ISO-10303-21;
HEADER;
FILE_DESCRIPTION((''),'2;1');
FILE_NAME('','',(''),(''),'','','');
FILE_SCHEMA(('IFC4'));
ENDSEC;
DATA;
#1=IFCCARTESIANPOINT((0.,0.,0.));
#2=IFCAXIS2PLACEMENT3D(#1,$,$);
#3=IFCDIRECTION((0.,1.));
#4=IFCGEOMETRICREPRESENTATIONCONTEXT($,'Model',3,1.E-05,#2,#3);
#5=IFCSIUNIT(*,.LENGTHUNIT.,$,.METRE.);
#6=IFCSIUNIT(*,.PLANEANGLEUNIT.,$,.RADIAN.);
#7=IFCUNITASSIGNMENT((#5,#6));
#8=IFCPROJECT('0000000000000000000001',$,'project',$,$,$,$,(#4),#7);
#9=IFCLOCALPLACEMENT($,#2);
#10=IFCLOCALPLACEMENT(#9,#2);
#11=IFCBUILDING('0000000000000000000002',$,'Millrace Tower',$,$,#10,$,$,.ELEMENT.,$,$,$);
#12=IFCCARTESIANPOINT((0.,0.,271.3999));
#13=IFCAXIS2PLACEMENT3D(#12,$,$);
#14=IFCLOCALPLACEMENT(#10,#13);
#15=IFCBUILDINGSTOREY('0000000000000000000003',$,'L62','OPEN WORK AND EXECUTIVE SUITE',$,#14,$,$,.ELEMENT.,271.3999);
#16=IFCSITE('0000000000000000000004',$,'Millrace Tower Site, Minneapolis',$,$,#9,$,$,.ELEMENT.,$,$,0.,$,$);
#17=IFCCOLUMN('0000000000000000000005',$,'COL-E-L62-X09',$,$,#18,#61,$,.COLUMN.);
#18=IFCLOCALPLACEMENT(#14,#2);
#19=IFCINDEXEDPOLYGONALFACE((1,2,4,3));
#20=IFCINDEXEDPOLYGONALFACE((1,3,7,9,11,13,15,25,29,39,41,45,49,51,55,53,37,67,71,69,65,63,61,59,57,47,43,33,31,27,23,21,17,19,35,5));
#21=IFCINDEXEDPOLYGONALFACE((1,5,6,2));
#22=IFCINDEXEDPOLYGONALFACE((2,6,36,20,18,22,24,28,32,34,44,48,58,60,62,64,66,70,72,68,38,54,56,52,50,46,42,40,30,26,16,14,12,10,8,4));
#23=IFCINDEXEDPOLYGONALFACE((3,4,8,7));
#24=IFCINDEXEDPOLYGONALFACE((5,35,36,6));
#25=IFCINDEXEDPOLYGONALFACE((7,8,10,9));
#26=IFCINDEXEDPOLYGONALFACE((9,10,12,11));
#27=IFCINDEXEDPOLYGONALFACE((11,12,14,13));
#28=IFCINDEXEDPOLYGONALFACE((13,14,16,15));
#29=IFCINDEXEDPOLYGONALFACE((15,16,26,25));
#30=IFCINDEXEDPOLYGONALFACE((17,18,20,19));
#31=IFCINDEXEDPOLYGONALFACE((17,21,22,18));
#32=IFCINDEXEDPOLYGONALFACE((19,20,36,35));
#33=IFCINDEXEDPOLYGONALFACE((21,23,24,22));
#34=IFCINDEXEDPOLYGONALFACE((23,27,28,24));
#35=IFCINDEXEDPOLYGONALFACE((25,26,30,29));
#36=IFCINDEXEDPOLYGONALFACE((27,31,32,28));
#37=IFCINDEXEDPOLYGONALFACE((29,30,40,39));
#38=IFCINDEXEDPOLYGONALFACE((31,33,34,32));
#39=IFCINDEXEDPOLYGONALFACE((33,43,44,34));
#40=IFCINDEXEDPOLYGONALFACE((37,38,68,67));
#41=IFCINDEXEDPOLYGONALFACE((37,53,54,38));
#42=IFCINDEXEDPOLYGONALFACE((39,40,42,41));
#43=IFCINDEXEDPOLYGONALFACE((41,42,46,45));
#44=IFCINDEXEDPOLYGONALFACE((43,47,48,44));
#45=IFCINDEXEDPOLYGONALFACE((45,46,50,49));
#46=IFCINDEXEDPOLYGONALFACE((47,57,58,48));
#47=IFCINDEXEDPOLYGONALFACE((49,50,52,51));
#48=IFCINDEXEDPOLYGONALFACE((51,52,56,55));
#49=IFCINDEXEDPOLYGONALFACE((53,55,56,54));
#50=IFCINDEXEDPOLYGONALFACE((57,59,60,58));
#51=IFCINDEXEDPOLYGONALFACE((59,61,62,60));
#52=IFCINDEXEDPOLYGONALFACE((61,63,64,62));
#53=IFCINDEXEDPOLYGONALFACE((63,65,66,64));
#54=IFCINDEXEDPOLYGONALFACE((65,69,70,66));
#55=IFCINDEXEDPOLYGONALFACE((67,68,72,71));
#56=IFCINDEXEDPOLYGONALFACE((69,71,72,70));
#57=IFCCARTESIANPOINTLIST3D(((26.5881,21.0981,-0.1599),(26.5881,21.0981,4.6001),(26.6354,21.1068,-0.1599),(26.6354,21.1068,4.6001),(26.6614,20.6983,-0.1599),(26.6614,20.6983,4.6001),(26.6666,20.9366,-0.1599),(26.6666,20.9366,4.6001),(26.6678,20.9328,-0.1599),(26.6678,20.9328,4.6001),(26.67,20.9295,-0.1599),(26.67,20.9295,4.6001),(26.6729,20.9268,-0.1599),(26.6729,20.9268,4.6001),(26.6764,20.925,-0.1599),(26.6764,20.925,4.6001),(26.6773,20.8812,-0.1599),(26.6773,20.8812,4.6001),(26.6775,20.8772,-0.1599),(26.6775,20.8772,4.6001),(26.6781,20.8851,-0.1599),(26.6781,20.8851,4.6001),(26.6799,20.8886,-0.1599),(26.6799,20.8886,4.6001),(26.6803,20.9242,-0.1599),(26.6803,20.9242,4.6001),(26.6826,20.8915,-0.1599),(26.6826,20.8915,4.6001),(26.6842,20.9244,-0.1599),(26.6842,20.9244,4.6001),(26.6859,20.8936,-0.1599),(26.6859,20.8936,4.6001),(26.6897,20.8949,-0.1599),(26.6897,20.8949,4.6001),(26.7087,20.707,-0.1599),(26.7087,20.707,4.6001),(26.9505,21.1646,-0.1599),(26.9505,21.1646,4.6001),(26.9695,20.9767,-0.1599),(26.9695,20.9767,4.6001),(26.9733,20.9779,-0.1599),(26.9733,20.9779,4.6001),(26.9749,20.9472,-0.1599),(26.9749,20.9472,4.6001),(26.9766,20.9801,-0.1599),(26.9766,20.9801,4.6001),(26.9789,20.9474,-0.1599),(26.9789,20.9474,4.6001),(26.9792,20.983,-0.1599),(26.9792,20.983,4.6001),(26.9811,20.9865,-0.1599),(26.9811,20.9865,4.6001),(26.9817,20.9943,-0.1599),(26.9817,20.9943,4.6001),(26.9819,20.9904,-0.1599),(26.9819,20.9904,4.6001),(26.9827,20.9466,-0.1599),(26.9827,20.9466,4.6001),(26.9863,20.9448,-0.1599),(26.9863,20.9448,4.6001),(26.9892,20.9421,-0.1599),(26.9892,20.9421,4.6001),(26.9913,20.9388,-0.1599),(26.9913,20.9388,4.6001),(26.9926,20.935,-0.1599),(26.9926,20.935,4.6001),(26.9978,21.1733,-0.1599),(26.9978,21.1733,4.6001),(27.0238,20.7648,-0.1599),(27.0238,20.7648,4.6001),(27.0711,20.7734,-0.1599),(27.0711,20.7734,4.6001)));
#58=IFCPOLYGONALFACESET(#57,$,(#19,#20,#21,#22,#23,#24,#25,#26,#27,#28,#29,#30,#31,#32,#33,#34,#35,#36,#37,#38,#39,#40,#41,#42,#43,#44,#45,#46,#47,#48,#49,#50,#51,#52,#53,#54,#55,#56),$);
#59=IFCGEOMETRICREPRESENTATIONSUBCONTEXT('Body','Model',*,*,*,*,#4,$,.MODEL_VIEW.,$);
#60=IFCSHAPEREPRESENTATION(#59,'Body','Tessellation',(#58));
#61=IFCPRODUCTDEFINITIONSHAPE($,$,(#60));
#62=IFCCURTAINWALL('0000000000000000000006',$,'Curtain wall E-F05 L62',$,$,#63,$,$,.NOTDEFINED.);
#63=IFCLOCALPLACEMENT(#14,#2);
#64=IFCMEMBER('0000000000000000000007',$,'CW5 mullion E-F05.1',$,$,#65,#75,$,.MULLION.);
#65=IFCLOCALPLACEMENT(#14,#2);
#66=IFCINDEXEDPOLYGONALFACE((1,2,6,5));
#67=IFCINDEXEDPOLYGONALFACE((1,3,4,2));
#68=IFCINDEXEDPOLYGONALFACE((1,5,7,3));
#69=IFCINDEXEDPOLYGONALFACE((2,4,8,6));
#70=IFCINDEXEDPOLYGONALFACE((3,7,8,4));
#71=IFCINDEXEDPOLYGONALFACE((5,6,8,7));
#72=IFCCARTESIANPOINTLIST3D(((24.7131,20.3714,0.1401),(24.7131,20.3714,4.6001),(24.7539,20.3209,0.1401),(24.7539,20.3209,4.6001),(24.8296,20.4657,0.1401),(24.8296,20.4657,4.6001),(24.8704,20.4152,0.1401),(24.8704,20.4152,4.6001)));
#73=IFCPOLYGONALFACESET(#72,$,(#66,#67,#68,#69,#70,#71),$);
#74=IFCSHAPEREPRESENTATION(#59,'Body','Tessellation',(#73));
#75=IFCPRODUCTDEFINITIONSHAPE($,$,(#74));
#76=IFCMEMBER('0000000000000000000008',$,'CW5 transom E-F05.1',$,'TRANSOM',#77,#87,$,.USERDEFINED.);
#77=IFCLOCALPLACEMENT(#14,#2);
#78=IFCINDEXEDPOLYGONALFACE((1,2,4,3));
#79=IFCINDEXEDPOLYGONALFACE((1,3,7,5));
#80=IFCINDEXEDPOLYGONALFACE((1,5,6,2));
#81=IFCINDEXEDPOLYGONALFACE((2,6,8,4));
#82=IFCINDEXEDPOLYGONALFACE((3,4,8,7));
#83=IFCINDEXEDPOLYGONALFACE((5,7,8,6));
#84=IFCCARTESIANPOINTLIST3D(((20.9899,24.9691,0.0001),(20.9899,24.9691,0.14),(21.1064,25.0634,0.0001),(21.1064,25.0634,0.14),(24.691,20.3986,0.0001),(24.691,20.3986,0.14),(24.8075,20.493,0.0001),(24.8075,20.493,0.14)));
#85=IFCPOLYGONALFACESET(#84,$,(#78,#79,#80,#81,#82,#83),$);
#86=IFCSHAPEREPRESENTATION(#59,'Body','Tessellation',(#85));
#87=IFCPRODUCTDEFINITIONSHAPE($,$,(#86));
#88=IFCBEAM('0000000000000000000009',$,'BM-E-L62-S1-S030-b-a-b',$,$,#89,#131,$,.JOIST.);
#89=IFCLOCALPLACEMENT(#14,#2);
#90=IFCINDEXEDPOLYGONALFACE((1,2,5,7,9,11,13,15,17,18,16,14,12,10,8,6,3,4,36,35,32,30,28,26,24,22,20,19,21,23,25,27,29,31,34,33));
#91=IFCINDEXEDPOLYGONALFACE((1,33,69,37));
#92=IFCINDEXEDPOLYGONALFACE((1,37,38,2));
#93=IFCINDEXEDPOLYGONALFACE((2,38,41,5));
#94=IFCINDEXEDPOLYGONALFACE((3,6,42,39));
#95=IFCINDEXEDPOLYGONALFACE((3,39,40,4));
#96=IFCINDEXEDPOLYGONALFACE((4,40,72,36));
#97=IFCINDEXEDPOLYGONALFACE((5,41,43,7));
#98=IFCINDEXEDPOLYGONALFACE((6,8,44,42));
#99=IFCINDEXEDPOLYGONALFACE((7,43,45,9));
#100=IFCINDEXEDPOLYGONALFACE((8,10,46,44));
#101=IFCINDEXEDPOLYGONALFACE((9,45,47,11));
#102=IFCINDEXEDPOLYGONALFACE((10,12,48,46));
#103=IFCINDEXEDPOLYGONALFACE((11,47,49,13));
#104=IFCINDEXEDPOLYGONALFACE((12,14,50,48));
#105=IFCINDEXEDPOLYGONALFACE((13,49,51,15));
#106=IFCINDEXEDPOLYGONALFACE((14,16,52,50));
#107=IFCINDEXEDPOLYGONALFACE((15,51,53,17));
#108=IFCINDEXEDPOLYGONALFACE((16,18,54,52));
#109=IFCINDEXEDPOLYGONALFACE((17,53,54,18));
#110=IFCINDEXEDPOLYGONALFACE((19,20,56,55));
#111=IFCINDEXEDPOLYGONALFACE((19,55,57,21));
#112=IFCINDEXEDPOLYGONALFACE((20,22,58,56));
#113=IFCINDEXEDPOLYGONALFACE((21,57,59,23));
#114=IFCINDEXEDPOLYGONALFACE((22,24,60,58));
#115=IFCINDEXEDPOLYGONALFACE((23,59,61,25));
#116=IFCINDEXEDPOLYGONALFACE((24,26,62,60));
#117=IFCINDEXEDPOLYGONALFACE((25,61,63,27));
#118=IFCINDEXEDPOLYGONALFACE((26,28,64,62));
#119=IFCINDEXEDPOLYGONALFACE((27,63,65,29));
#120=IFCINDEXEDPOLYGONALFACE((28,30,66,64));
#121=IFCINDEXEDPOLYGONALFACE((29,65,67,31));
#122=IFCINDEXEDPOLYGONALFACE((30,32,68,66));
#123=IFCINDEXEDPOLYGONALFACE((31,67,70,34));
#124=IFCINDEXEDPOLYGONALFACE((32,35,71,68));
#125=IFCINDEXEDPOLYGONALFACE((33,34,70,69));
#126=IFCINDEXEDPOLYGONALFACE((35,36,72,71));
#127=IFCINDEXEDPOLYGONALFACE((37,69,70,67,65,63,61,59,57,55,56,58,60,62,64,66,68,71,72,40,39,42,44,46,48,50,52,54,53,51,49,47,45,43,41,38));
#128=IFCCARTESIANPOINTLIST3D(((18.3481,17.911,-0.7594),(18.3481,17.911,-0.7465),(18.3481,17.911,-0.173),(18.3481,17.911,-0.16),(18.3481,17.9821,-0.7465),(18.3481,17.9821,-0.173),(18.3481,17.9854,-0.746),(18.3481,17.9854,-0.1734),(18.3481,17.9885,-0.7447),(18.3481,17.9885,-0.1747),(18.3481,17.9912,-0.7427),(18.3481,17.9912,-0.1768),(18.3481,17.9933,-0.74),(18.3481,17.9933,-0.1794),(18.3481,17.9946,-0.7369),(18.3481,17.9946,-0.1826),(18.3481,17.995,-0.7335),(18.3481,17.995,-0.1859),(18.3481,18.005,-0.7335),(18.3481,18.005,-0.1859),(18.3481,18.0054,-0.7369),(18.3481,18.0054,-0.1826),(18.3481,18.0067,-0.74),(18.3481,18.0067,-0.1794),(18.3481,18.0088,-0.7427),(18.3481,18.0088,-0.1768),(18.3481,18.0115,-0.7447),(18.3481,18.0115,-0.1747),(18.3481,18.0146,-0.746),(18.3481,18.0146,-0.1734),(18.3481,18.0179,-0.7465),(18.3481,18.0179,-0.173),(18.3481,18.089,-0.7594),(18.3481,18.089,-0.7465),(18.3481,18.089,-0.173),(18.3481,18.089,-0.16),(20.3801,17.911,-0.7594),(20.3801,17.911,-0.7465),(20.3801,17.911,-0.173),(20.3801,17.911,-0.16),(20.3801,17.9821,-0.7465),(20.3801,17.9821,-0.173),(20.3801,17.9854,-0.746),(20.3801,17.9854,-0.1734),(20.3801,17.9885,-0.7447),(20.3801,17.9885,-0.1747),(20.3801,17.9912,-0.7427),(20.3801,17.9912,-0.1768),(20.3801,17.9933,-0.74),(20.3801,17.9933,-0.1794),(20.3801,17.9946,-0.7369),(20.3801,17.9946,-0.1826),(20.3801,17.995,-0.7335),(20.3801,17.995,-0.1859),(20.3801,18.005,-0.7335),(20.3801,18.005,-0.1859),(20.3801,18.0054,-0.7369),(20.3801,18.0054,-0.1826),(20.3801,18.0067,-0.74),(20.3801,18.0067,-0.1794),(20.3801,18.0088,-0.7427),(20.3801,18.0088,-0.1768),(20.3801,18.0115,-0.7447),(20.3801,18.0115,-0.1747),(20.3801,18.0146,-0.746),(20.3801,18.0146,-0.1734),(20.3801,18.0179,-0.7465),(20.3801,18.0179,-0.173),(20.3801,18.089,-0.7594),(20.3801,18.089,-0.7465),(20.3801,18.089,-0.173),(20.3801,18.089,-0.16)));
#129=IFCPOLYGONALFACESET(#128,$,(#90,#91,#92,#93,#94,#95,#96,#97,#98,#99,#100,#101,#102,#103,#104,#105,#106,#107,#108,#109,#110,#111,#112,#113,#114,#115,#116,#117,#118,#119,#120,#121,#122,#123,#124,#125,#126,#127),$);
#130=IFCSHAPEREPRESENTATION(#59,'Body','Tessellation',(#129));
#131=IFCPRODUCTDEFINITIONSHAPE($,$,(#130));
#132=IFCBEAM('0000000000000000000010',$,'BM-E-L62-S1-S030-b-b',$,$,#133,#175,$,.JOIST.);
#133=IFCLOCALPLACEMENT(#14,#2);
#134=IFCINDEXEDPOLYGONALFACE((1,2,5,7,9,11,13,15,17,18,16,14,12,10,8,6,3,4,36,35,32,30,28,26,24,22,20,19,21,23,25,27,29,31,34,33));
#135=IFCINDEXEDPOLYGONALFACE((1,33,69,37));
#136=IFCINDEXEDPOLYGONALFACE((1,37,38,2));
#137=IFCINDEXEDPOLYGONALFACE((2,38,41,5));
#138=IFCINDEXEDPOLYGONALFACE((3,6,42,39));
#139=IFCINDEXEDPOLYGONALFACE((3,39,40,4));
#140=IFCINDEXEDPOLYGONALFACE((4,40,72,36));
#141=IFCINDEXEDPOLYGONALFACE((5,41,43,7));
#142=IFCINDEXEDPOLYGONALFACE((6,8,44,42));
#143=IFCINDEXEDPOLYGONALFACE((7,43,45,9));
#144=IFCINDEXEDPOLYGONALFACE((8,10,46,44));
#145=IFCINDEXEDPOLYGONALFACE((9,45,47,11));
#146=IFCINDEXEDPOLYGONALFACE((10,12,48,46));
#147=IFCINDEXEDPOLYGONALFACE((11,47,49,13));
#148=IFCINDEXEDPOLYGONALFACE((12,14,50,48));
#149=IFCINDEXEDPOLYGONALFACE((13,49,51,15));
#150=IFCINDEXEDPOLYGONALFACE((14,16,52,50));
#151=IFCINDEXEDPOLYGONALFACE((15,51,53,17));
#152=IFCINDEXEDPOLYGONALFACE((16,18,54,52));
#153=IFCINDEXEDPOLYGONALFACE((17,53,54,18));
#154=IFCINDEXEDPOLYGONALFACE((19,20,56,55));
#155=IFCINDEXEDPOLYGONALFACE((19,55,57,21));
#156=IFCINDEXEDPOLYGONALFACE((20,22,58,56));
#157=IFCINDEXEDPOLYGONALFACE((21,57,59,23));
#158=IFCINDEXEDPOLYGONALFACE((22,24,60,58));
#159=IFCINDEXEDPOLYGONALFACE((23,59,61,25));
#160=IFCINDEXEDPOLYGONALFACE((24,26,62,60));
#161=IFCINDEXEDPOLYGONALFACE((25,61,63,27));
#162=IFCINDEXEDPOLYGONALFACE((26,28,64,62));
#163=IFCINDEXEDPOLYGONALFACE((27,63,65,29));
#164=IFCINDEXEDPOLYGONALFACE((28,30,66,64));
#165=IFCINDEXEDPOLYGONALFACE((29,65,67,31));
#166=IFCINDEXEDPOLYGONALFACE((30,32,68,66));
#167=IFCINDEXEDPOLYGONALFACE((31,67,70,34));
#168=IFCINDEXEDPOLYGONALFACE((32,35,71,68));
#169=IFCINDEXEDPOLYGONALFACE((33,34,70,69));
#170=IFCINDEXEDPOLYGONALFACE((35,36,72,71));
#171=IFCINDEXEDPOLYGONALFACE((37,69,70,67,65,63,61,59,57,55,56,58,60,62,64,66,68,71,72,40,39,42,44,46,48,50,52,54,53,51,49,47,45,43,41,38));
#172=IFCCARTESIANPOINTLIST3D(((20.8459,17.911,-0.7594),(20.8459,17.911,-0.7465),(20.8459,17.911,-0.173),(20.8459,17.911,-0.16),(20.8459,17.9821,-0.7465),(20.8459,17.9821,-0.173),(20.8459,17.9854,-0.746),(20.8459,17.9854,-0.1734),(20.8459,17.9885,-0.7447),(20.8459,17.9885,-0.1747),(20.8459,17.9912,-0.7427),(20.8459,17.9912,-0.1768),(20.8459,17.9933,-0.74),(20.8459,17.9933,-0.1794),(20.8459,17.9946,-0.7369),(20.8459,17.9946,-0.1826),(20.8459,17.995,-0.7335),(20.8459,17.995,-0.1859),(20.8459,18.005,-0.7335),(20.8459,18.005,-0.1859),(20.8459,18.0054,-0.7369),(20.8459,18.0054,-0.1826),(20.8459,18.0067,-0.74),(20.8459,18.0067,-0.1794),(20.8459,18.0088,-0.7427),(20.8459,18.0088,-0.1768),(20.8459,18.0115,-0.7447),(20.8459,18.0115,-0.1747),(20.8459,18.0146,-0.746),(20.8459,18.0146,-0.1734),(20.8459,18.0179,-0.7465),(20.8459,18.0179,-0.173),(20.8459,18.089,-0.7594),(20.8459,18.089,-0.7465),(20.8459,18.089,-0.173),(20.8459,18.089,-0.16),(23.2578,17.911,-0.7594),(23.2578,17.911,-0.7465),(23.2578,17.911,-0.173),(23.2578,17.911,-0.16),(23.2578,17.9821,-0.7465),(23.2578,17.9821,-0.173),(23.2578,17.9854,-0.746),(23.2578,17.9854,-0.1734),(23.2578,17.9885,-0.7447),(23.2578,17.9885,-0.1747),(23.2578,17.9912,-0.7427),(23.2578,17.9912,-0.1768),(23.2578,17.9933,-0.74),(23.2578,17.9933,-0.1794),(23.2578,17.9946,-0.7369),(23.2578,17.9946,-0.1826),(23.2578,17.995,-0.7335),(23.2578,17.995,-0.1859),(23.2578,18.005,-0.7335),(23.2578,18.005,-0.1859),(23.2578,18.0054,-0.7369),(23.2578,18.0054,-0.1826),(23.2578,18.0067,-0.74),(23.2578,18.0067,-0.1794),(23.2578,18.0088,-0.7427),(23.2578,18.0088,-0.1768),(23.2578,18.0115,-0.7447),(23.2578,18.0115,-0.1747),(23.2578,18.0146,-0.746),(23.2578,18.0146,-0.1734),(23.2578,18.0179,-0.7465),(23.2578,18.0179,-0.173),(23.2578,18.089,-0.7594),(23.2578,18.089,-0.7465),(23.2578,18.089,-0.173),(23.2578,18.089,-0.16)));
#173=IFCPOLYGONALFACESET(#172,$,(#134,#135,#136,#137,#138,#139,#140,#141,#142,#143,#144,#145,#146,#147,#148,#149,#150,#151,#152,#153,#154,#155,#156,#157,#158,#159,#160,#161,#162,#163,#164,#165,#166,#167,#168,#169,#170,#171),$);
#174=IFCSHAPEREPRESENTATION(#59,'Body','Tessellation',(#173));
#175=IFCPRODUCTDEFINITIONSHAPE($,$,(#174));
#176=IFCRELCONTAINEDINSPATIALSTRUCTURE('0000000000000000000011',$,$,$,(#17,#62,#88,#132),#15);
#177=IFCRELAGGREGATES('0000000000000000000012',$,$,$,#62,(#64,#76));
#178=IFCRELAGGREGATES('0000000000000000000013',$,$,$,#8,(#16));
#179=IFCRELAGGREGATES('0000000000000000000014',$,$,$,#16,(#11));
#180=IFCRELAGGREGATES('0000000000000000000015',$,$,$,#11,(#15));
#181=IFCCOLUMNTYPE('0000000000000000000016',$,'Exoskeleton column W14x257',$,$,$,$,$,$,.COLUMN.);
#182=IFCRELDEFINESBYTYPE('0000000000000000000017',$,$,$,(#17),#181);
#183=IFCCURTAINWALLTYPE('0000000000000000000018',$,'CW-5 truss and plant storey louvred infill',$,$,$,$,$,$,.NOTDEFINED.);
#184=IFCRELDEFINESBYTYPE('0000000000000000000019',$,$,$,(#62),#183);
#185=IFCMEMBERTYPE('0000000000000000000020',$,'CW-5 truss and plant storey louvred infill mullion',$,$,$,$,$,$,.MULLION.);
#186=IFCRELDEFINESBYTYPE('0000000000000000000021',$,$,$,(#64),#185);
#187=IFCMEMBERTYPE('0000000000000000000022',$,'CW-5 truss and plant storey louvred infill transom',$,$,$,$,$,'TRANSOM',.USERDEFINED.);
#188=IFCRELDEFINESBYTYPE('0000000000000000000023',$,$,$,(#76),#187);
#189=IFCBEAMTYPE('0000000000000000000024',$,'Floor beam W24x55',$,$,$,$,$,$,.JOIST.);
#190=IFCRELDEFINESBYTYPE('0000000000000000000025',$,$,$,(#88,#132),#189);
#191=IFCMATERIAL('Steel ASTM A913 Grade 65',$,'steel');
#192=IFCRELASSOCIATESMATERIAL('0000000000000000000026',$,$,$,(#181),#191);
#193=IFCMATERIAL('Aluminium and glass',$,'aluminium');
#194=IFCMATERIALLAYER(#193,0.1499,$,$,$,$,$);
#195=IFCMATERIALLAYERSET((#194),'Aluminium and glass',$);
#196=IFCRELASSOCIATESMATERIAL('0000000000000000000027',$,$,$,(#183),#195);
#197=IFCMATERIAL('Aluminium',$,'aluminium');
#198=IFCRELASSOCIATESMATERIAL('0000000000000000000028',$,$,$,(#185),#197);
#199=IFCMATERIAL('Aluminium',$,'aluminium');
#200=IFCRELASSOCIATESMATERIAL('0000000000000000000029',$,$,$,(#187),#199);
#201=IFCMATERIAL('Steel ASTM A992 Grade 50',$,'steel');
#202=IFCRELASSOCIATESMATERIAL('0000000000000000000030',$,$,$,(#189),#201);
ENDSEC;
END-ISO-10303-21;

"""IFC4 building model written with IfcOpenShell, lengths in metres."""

from ifc_helpers import new_model, si_unit, direction, frame, origin, origin_2d, place, context, subcontext, project, spatial, rectangle, i_section, extrude, material, layer, layer_set, material_profile, profile_set, type_object, element, aggregate, save


model = new_model("IFC4")

# Units and contexts
model_context = context("Model", 3, precision=1e-05, world=origin(), true_north=direction((0.0, 1.0)))
body_context = subcontext(model_context, "Body", "Model", "MODEL_VIEW")
ifc_project = project(units=[si_unit("LENGTHUNIT", "METRE"), si_unit("PLANEANGLEUNIT", "RADIAN")], contexts=[model_context])

# Site, building, storey
site_placement = place(None, origin())
site = spatial("IfcSite", under=ifc_project, at=site_placement, Name="Millrace Tower Site, Minneapolis", CompositionType="ELEMENT", RefElevation=0.0)
building_placement = place(site_placement, origin())
building = spatial("IfcBuilding", under=site, at=building_placement, Name="Millrace Tower", CompositionType="ELEMENT")
storey_placement = place(building_placement, frame((0.0, 0.0, 271.3999)))
storey = spatial("IfcBuildingStorey", under=building, at=storey_placement, Name="L62", Description="OPEN WORK AND EXECUTIVE SUITE", CompositionType="ELEMENT", Elevation=271.3999)

# Column
ifc_material_1 = material(Name="Steel ASTM A913 Grade 65", Category="steel")
ifc_material_profile_1 = material_profile(ifc_material_1, i_section(OverallWidth=0.4065, OverallDepth=0.4165, WebThickness=0.03, FlangeThickness=0.0481, FilletRadius=0.0151, at=origin_2d()))
ifc_profile_set_1 = profile_set([ifc_material_profile_1], Name="Steel ASTM A913 Grade 65")
column_type = type_object("IfcColumnType", Name="Exoskeleton column W14x257", PredefinedType="COLUMN", material=ifc_profile_set_1)
column_placement = place(storey_placement, frame((26.8296, 20.9358, -0.1599), z_axis=(0.0, 0.0, 1.0), x_axis=(-0.180387, 0.983596, 0.0)))
element("IfcColumn", 1, at=column_placement, inside=storey, type_object=column_type, Name="COL-E-L62-X09", PredefinedType="COLUMN", context=body_context, shape_type="SweptSolid", body=[
    extrude(i_section(OverallWidth=0.4065, OverallDepth=0.4165, WebThickness=0.03, FlangeThickness=0.0481, FilletRadius=0.0151, at=origin_2d()), origin(), (0.0, 0.0, 1.0), 4.76),
])

# Curtain wall, members
ifc_material_2 = material(Name="Aluminium and glass", Category="aluminium")
ifc_layer_1 = layer(ifc_material_2, 0.1499)
ifc_layer_set_1 = layer_set([ifc_layer_1], Name="Aluminium and glass")
curtain_wall_type = type_object("IfcCurtainWallType", Name="CW-5 truss and plant storey louvred infill", PredefinedType="NOTDEFINED", material=ifc_layer_set_1)
curtain_wall_placement = place(storey_placement, origin())
curtain_wall = element("IfcCurtainWall", 2, at=curtain_wall_placement, inside=storey, type_object=curtain_wall_type, Name="Curtain wall E-F05 L62", PredefinedType="NOTDEFINED")
ifc_material_3 = material(Name="Aluminium", Category="aluminium")
ifc_material_profile_2 = material_profile(ifc_material_3, rectangle(XDim=0.0649, YDim=0.1499, at=origin_2d()))
ifc_profile_set_2 = profile_set([ifc_material_profile_2], Name="Aluminium")
member_type_1 = type_object("IfcMemberType", Name="CW-5 truss and plant storey louvred infill mullion", PredefinedType="MULLION", material=ifc_profile_set_2)
member_1_placement = place(storey_placement, frame((24.7917, 20.3933, 0.1401), z_axis=(0.0, 0.0, 1.0), x_axis=(-0.62932, 0.777146, 0.0)))
member_1 = element("IfcMember", 3, at=member_1_placement, type_object=member_type_1, Name="CW5 mullion E-F05.1", PredefinedType="MULLION", context=body_context, shape_type="SweptSolid", body=[
    extrude(rectangle(XDim=0.0649, YDim=0.1499, at=origin_2d()), origin(), (0.0, 0.0, 1.0), 4.46),
])
ifc_material_4 = material(Name="Aluminium", Category="aluminium")
ifc_material_profile_3 = material_profile(ifc_material_4, rectangle(XDim=0.1499, YDim=0.1399, at=origin_2d()))
ifc_profile_set_3 = profile_set([ifc_material_profile_3], Name="Aluminium")
member_type_2 = type_object("IfcMemberType", Name="CW-5 truss and plant storey louvred infill transom", ElementType="TRANSOM", PredefinedType="USERDEFINED", material=ifc_profile_set_3)
member_2_placement = place(storey_placement, frame((24.7493, 20.4458, 0.0701), z_axis=(-0.629321, 0.777145, 0.0), x_axis=(-0.777145, -0.629321, 0.0)))
member_2 = element("IfcMember", 4, at=member_2_placement, type_object=member_type_2, Name="CW5 transom E-F05.1", ObjectType="TRANSOM", PredefinedType="USERDEFINED", context=body_context, shape_type="SweptSolid", body=[
    extrude(rectangle(XDim=0.1499, YDim=0.1399, at=origin_2d()), origin(), (0.0, 0.0, 1.0), 5.8811),
])
aggregate(curtain_wall, [member_1, member_2])

# Beams
ifc_material_5 = material(Name="Steel ASTM A992 Grade 50", Category="steel")
ifc_material_profile_4 = material_profile(ifc_material_5, i_section(OverallWidth=0.178, OverallDepth=0.5994, WebThickness=0.01, FlangeThickness=0.0129, FilletRadius=0.0129, at=origin_2d()))
ifc_profile_set_4 = profile_set([ifc_material_profile_4], Name="Steel ASTM A992 Grade 50")
beam_type_1 = type_object("IfcBeamType", Name="Floor beam W24x55", PredefinedType="JOIST", material=ifc_profile_set_4)
beam_1_placement = place(storey_placement, frame((18.3481, 18.0, -0.4597), z_axis=(1.0, 0.0, 0.0), x_axis=(0.0, 1.0, 0.0)))
element("IfcBeam", 5, at=beam_1_placement, inside=storey, type_object=beam_type_1, Name="BM-E-L62-S1-S030-b-a-b", PredefinedType="JOIST", context=body_context, shape_type="SweptSolid", body=[
    extrude(i_section(OverallWidth=0.178, OverallDepth=0.5994, WebThickness=0.01, FlangeThickness=0.0129, FilletRadius=0.0129, at=origin_2d()), origin(), (0.0, 0.0, 1.0), 2.032),
])
beam_2_placement = place(storey_placement, frame((20.8459, 18.0, -0.4597), z_axis=(1.0, 0.0, 0.0), x_axis=(0.0, 1.0, 0.0)))
element("IfcBeam", 6, at=beam_2_placement, inside=storey, type_object=beam_type_1, Name="BM-E-L62-S1-S030-b-b", PredefinedType="JOIST", context=body_context, shape_type="SweptSolid", body=[
    extrude(i_section(OverallWidth=0.178, OverallDepth=0.5994, WebThickness=0.01, FlangeThickness=0.0129, FilletRadius=0.0129, at=origin_2d()), origin(), (0.0, 0.0, 1.0), 2.4119),
])

save(model, "model.ifc")
